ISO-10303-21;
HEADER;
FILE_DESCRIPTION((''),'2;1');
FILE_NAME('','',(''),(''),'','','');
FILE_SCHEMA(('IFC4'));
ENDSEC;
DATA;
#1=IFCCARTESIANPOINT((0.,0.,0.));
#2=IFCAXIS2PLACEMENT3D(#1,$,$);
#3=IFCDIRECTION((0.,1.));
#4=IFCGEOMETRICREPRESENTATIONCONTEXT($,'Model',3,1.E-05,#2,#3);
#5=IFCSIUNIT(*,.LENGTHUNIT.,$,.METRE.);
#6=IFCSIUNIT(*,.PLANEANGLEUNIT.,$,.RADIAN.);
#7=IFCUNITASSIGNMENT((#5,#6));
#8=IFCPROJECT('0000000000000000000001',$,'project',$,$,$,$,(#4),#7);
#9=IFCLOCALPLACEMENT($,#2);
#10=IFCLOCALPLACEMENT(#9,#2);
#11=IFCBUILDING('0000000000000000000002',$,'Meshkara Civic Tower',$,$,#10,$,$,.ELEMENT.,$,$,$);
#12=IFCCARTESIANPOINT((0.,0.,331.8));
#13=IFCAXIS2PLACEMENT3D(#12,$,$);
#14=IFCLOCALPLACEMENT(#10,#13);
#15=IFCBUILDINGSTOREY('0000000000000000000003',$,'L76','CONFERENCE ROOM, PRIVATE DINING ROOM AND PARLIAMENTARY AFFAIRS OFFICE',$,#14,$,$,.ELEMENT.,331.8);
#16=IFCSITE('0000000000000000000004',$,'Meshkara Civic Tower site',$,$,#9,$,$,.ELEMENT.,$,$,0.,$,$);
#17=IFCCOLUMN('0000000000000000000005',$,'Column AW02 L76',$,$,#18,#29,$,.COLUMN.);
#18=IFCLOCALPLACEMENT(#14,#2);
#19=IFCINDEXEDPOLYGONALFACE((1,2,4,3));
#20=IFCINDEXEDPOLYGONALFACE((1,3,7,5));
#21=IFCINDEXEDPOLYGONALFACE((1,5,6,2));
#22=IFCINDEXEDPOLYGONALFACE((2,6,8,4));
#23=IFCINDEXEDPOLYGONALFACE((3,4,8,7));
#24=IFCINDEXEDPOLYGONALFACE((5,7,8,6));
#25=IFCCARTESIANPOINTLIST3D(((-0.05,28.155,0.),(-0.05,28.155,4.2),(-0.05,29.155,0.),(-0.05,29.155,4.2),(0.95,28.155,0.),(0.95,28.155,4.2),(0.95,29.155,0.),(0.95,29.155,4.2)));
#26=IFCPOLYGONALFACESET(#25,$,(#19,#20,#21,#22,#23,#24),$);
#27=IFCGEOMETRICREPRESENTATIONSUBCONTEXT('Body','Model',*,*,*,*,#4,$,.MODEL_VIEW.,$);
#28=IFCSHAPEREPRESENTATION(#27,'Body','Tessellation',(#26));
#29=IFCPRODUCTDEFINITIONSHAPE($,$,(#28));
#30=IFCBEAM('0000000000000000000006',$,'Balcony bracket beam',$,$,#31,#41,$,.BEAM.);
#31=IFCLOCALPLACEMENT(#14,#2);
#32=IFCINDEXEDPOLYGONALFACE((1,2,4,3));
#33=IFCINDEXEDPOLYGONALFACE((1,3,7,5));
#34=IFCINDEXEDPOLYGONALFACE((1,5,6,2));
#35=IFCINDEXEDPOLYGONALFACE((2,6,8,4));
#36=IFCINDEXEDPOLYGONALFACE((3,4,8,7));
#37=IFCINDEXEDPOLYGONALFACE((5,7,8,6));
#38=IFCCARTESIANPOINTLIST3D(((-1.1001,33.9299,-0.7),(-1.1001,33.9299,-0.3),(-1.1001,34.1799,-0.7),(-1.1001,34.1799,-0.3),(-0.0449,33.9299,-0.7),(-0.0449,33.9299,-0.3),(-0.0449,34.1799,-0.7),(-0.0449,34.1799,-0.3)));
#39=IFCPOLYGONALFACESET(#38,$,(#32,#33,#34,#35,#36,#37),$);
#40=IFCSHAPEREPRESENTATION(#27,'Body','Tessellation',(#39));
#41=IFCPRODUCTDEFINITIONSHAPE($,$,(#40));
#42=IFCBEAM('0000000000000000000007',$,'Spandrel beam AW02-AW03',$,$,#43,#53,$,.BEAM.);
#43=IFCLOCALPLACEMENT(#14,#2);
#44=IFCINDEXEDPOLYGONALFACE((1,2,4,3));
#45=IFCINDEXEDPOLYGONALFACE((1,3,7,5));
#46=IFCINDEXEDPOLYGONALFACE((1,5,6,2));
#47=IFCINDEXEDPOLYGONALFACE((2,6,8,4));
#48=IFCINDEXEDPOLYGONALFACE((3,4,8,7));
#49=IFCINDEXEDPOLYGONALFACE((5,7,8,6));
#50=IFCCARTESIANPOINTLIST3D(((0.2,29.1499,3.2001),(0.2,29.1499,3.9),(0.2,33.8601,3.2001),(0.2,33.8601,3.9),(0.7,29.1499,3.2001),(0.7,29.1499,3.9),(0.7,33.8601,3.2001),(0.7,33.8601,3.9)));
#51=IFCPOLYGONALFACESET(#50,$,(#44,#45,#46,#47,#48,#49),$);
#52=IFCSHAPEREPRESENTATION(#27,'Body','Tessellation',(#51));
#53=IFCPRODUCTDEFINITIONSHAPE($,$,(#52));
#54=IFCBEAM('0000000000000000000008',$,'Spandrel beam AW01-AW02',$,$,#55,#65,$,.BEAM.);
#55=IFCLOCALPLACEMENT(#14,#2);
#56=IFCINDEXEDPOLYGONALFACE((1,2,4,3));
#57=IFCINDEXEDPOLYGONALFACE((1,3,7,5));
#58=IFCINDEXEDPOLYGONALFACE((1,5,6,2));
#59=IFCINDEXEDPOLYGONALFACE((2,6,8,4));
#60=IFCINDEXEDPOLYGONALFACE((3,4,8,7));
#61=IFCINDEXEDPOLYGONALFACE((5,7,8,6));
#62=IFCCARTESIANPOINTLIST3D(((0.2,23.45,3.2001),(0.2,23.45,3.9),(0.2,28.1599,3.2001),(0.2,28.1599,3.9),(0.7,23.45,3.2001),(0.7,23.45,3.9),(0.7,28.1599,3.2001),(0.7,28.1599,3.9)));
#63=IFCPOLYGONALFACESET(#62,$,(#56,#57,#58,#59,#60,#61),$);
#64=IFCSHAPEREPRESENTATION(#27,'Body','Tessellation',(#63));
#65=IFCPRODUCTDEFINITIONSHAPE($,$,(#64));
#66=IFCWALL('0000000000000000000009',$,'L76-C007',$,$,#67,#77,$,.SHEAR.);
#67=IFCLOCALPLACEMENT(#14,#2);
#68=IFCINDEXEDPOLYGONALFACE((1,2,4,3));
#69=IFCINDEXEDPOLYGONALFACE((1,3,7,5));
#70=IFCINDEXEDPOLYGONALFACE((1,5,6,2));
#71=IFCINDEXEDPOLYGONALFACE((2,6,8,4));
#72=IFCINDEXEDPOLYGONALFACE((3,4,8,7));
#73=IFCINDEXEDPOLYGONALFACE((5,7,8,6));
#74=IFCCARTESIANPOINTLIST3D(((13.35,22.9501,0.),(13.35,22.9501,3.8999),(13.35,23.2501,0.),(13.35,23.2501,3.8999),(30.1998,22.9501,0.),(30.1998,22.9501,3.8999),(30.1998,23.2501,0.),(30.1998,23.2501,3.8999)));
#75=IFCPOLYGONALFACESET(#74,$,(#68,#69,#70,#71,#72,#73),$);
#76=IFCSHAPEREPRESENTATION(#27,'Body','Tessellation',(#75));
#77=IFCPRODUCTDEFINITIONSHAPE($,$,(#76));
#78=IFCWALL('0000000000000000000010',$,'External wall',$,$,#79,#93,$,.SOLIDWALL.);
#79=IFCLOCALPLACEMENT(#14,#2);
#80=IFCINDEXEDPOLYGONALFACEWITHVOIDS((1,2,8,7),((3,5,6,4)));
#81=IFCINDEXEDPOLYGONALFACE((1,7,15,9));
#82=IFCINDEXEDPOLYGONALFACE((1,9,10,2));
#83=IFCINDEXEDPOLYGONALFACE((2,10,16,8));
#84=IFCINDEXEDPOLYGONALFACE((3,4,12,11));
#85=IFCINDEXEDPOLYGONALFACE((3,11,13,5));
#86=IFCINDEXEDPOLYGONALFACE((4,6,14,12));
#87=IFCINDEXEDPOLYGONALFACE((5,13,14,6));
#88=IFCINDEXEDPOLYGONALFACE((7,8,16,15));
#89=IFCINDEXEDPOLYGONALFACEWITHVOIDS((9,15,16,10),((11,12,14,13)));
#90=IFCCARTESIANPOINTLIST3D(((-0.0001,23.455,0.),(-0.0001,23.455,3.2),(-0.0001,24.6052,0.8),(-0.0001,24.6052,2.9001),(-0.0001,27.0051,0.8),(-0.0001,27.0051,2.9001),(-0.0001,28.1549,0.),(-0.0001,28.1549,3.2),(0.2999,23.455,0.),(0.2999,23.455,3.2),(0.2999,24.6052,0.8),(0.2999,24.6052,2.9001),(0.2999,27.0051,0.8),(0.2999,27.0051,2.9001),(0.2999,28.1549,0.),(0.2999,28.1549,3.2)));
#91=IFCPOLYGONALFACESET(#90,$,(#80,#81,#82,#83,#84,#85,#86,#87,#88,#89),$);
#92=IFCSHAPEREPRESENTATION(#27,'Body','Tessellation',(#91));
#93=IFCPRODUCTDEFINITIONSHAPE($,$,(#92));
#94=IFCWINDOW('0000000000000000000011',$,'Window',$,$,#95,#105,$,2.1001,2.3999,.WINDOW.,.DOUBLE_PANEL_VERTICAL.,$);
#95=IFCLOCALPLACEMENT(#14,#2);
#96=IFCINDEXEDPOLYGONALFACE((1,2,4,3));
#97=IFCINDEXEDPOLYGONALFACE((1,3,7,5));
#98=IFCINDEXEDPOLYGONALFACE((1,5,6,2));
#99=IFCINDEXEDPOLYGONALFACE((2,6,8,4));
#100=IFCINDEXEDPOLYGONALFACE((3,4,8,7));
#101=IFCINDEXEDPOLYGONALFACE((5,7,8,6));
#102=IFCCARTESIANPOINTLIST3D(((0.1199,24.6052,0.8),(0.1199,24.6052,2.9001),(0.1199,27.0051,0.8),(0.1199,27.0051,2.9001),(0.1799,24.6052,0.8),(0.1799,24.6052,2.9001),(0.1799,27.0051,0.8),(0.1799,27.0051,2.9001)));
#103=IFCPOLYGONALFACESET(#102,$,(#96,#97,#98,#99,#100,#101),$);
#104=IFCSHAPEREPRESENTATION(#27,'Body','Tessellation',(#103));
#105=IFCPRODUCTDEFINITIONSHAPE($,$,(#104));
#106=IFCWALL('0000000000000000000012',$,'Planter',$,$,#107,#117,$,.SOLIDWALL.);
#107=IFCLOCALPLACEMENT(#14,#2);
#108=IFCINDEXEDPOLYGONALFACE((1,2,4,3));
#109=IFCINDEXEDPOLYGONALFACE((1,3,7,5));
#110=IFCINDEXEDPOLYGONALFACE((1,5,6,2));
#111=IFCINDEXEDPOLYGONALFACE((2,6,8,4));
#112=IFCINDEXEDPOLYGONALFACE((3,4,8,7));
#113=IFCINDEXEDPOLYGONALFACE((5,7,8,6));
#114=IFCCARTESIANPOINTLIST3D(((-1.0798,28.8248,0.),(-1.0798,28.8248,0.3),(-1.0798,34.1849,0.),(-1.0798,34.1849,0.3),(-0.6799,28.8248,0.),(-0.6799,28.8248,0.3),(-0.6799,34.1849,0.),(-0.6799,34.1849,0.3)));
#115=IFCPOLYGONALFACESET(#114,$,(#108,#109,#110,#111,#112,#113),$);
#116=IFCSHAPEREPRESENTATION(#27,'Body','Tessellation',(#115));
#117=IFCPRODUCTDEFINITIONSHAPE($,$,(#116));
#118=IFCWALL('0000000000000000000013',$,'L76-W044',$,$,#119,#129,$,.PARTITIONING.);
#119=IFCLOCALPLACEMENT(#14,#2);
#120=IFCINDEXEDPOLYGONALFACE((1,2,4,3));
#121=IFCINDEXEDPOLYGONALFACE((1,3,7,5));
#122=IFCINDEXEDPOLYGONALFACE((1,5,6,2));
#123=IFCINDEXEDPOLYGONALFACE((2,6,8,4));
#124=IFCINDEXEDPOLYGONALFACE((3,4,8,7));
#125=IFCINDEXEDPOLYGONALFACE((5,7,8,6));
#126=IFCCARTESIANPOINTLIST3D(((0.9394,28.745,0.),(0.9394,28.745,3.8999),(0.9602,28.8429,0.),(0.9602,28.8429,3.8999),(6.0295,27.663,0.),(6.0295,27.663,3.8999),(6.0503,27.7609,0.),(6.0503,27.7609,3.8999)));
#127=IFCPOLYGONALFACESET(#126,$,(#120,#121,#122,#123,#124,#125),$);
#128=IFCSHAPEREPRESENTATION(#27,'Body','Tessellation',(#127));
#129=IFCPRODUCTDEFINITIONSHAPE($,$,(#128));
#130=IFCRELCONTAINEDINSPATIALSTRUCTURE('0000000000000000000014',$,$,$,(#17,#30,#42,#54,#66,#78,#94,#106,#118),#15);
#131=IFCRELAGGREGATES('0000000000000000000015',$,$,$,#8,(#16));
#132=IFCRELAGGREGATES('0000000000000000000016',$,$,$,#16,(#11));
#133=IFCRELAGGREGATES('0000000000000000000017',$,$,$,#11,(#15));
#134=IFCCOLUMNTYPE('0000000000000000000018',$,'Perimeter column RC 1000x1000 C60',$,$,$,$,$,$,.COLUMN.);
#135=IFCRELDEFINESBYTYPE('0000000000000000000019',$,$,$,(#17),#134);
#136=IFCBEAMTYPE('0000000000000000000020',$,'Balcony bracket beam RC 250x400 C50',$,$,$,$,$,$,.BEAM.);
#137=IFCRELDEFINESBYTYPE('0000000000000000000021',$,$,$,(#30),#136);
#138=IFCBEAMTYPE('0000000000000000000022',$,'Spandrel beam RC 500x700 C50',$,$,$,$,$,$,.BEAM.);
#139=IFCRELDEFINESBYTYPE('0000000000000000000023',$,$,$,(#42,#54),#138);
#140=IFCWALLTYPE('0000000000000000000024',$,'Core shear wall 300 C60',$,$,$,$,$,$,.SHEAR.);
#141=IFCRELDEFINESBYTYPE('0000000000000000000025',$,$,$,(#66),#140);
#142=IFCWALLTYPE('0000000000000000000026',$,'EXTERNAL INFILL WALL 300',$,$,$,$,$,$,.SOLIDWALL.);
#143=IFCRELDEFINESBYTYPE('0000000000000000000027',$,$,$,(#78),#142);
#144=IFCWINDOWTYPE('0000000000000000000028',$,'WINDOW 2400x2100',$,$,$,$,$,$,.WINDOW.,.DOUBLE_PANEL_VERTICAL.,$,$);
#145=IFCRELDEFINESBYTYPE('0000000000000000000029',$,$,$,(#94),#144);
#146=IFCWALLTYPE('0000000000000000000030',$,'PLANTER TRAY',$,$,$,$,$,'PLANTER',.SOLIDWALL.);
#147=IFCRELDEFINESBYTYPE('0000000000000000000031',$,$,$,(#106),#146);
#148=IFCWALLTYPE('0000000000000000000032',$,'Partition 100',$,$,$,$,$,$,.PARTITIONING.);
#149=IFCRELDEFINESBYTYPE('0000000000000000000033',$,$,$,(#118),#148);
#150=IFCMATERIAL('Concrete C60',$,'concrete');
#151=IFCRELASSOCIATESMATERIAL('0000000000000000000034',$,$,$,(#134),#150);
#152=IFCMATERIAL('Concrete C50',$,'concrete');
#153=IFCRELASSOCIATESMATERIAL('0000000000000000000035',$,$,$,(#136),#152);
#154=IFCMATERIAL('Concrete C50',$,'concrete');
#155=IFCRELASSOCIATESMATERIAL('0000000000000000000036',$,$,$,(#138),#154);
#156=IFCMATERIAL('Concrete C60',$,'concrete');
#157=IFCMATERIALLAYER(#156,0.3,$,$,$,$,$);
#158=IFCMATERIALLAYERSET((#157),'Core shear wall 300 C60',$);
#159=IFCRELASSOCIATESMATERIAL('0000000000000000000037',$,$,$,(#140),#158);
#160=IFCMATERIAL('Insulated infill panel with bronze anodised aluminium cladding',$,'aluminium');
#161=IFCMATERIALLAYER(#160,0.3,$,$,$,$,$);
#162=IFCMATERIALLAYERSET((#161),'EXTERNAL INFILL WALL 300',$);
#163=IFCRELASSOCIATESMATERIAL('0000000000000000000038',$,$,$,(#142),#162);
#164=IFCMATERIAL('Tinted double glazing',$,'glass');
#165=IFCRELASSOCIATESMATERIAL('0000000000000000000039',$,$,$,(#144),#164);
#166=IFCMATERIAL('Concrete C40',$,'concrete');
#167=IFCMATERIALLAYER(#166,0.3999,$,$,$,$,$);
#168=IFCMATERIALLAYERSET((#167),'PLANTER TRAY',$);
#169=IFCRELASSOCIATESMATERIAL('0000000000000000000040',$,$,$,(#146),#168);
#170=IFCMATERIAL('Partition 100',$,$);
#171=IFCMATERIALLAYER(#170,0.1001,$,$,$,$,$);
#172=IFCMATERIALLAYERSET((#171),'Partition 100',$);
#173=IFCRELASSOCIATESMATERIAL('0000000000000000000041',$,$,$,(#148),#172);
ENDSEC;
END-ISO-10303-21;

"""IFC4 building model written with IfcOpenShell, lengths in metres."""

from ifc_helpers import new_model, si_unit, direction, frame, frame_2d, origin, origin_2d, place, context, subcontext, project, spatial, rectangle, extrude, material, layer, layer_set, material_profile, profile_set, type_object, element, fill, save


model = new_model("IFC4")

# Units and contexts
model_context = context("Model", 3, precision=1e-05, world=origin(), true_north=direction((0.0, 1.0)))
body_context = subcontext(model_context, "Body", "Model", "MODEL_VIEW")
ifc_project = project(units=[si_unit("LENGTHUNIT", "METRE"), si_unit("PLANEANGLEUNIT", "RADIAN")], contexts=[model_context])

# Site, building, storey
site_placement = place(None, origin())
site = spatial("IfcSite", under=ifc_project, at=site_placement, Name="Meshkara Civic Tower site", CompositionType="ELEMENT", RefElevation=0.0)
building_placement = place(site_placement, origin())
building = spatial("IfcBuilding", under=site, at=building_placement, Name="Meshkara Civic Tower", CompositionType="ELEMENT")
storey_placement = place(building_placement, frame((0.0, 0.0, 331.8)))
storey = spatial("IfcBuildingStorey", under=building, at=storey_placement, Name="L76", Description="CONFERENCE ROOM, PRIVATE DINING ROOM AND PARLIAMENTARY AFFAIRS OFFICE", CompositionType="ELEMENT", Elevation=331.8)

# Column
ifc_material_1 = material(Name="Concrete C60", Category="concrete")
ifc_material_profile_1 = material_profile(ifc_material_1, rectangle(XDim=1.0, YDim=1.0, at=origin_2d()))
ifc_profile_set_1 = profile_set([ifc_material_profile_1], Name="Concrete C60")
column_type = type_object("IfcColumnType", Name="Perimeter column RC 1000x1000 C60", PredefinedType="COLUMN", material=ifc_profile_set_1)
column_placement = place(storey_placement, frame((0.45, 28.655, 0.0), z_axis=(0.0, 0.0, 1.0), x_axis=(1.0, 0.0, 0.0)))
element("IfcColumn", 1, at=column_placement, inside=storey, type_object=column_type, Name="Column AW02 L76", PredefinedType="COLUMN", context=body_context, shape_type="SweptSolid", body=[
    extrude(rectangle(XDim=1.0, YDim=1.0, at=origin_2d()), origin(), (0.0, 0.0, 1.0), 4.2),
])

# Beams
ifc_material_2 = material(Name="Concrete C50", Category="concrete")
ifc_material_profile_2 = material_profile(ifc_material_2, rectangle(XDim=0.25, YDim=0.3999, at=origin_2d()))
ifc_profile_set_2 = profile_set([ifc_material_profile_2], Name="Concrete C50")
beam_type_1 = type_object("IfcBeamType", Name="Balcony bracket beam RC 250x400 C50", PredefinedType="BEAM", material=ifc_profile_set_2)
beam_1_placement = place(storey_placement, frame((-0.0449, 34.0549, -0.5), z_axis=(-1.0, 0.0, 0.0), x_axis=(0.0, -1.0, 0.0)))
element("IfcBeam", 2, at=beam_1_placement, inside=storey, type_object=beam_type_1, Name="Balcony bracket beam", PredefinedType="BEAM", context=body_context, shape_type="SweptSolid", body=[
    extrude(rectangle(XDim=0.25, YDim=0.3999, at=origin_2d()), origin(), (0.0, 0.0, 1.0), 1.0552),
])
ifc_material_3 = material(Name="Concrete C50", Category="concrete")
ifc_material_profile_3 = material_profile(ifc_material_3, rectangle(XDim=0.5, YDim=0.7, at=origin_2d()))
ifc_profile_set_3 = profile_set([ifc_material_profile_3], Name="Concrete C50")
beam_type_2 = type_object("IfcBeamType", Name="Spandrel beam RC 500x700 C50", PredefinedType="BEAM", material=ifc_profile_set_3)
beam_2_placement = place(storey_placement, frame((0.45, 33.8601, 3.55), z_axis=(0.0, -1.0, 0.0), x_axis=(1.0, 0.0, 0.0)))
element("IfcBeam", 3, at=beam_2_placement, inside=storey, type_object=beam_type_2, Name="Spandrel beam AW02-AW03", PredefinedType="BEAM", context=body_context, shape_type="SweptSolid", body=[
    extrude(rectangle(XDim=0.5, YDim=0.7, at=origin_2d()), origin(), (0.0, 0.0, 1.0), 4.7102),
])
beam_3_placement = place(storey_placement, frame((0.45, 28.1599, 3.55), z_axis=(0.0, -1.0, 0.0), x_axis=(1.0, 0.0, 0.0)))
element("IfcBeam", 4, at=beam_3_placement, inside=storey, type_object=beam_type_2, Name="Spandrel beam AW01-AW02", PredefinedType="BEAM", context=body_context, shape_type="SweptSolid", body=[
    extrude(rectangle(XDim=0.5, YDim=0.7, at=origin_2d()), origin(), (0.0, 0.0, 1.0), 4.71),
])

# Wall
ifc_material_4 = material(Name="Concrete C60", Category="concrete")
ifc_layer_1 = layer(ifc_material_4, 0.3)
ifc_layer_set_1 = layer_set([ifc_layer_1], Name="Core shear wall 300 C60")
wall_type_1 = type_object("IfcWallType", Name="Core shear wall 300 C60", PredefinedType="SHEAR", material=ifc_layer_set_1)
wall_1_placement = place(storey_placement, frame((13.3501, 23.1001, 0.0), z_axis=(0.0, 0.0, 1.0), x_axis=(1.0, 0.0, 0.0)))
element("IfcWall", 5, at=wall_1_placement, inside=storey, type_object=wall_type_1, Name="L76-C007", PredefinedType="SHEAR", context=body_context, shape_type="SweptSolid", body=[
    extrude(rectangle(XDim=16.8499, YDim=0.3, at=frame_2d((8.4248, 0.0))), origin(), (0.0, 0.0, 1.0), 3.8999),
])

# Wall, opening, window
ifc_material_5 = material(Name="Insulated infill panel with bronze anodised aluminium cladding", Category="aluminium")
ifc_layer_2 = layer(ifc_material_5, 0.3)
ifc_layer_set_2 = layer_set([ifc_layer_2], Name="EXTERNAL INFILL WALL 300")
wall_type_2 = type_object("IfcWallType", Name="EXTERNAL INFILL WALL 300", PredefinedType="SOLIDWALL", material=ifc_layer_set_2)
wall_2_placement = place(storey_placement, frame((0.1499, 28.155, 0.0), z_axis=(0.0, 0.0, 1.0), x_axis=(0.0, -1.0, 0.0)))
wall_2 = element("IfcWall", 6, at=wall_2_placement, inside=storey, type_object=wall_type_2, Name="External wall", PredefinedType="SOLIDWALL", context=body_context, shape_type="SweptSolid", body=[
    extrude(rectangle(XDim=4.7, YDim=0.3, at=frame_2d((2.3501, 0.0))), origin(), (0.0, 0.0, 1.0), 3.2),
])
opening_1_placement = place(wall_2_placement, frame((1.1499, 0.0, 0.8)))
opening_1 = element("IfcOpeningElement", 7, at=opening_1_placement, cuts=wall_2, PredefinedType="OPENING", context=body_context, shape_type="SweptSolid", body=[
    extrude(rectangle(XDim=2.3999, YDim=2.1001, at=frame_2d((1.2, 1.05))), frame((0.0, 0.1599, 0.0), z_axis=(0.0, -1.0, 0.0), x_axis=(1.0, 0.0, 0.0)), (0.0, 0.0, 1.0), 0.3201),
])
ifc_material_6 = material(Name="Tinted double glazing", Category="glass")
window_type = type_object("IfcWindowType", Name="WINDOW 2400x2100", PartitioningType="DOUBLE_PANEL_VERTICAL", PredefinedType="WINDOW", material=ifc_material_6)
window_placement = place(opening_1_placement, origin())
window = element("IfcWindow", 8, at=window_placement, inside=storey, type_object=window_type, Name="Window", OverallHeight=2.1001, OverallWidth=2.3999, PartitioningType="DOUBLE_PANEL_VERTICAL", PredefinedType="WINDOW", context=body_context, shape_type="SweptSolid", body=[
    extrude(rectangle(XDim=2.3999, YDim=2.1001, at=frame_2d((1.2, 1.05))), frame((0.0, 0.03, 0.0), z_axis=(0.0, -1.0, 0.0), x_axis=(1.0, 0.0, 0.0)), (0.0, 0.0, 1.0), 0.0601),
])
fill(opening_1, window)

# Walls
ifc_material_7 = material(Name="Concrete C40", Category="concrete")
ifc_layer_3 = layer(ifc_material_7, 0.3999)
ifc_layer_set_3 = layer_set([ifc_layer_3], Name="PLANTER TRAY")
wall_type_3 = type_object("IfcWallType", Name="PLANTER TRAY", ElementType="PLANTER", PredefinedType="SOLIDWALL", material=ifc_layer_set_3)
wall_3_placement = place(storey_placement, frame((-0.8799, 34.1851, 0.0), z_axis=(0.0, 0.0, 1.0), x_axis=(0.0, -1.0, 0.0)))
element("IfcWall", 9, at=wall_3_placement, inside=storey, type_object=wall_type_3, Name="Planter", PredefinedType="SOLIDWALL", context=body_context, shape_type="SweptSolid", body=[
    extrude(rectangle(XDim=5.3601, YDim=0.3999, at=frame_2d((2.6802, 0.0))), origin(), (0.0, 0.0, 1.0), 0.3),
])
ifc_material_8 = material(Name="Partition 100")
ifc_layer_4 = layer(ifc_material_8, 0.1001)
ifc_layer_set_4 = layer_set([ifc_layer_4], Name="Partition 100")
wall_type_4 = type_object("IfcWallType", Name="Partition 100", PredefinedType="PARTITIONING", material=ifc_layer_set_4)
wall_4_placement = place(storey_placement, frame((6.04, 27.7119, 0.0), z_axis=(0.0, 0.0, 1.0), x_axis=(-0.978144, 0.20793, 0.0)))
element("IfcWall", 10, at=wall_4_placement, inside=storey, type_object=wall_type_4, Name="L76-W044", PredefinedType="PARTITIONING", context=body_context, shape_type="SweptSolid", body=[
    extrude(rectangle(XDim=5.2039, YDim=0.1001, at=frame_2d((2.6021, 0.0))), origin(), (0.0, 0.0, 1.0), 3.8999),
])

save(model, "model.ifc")
